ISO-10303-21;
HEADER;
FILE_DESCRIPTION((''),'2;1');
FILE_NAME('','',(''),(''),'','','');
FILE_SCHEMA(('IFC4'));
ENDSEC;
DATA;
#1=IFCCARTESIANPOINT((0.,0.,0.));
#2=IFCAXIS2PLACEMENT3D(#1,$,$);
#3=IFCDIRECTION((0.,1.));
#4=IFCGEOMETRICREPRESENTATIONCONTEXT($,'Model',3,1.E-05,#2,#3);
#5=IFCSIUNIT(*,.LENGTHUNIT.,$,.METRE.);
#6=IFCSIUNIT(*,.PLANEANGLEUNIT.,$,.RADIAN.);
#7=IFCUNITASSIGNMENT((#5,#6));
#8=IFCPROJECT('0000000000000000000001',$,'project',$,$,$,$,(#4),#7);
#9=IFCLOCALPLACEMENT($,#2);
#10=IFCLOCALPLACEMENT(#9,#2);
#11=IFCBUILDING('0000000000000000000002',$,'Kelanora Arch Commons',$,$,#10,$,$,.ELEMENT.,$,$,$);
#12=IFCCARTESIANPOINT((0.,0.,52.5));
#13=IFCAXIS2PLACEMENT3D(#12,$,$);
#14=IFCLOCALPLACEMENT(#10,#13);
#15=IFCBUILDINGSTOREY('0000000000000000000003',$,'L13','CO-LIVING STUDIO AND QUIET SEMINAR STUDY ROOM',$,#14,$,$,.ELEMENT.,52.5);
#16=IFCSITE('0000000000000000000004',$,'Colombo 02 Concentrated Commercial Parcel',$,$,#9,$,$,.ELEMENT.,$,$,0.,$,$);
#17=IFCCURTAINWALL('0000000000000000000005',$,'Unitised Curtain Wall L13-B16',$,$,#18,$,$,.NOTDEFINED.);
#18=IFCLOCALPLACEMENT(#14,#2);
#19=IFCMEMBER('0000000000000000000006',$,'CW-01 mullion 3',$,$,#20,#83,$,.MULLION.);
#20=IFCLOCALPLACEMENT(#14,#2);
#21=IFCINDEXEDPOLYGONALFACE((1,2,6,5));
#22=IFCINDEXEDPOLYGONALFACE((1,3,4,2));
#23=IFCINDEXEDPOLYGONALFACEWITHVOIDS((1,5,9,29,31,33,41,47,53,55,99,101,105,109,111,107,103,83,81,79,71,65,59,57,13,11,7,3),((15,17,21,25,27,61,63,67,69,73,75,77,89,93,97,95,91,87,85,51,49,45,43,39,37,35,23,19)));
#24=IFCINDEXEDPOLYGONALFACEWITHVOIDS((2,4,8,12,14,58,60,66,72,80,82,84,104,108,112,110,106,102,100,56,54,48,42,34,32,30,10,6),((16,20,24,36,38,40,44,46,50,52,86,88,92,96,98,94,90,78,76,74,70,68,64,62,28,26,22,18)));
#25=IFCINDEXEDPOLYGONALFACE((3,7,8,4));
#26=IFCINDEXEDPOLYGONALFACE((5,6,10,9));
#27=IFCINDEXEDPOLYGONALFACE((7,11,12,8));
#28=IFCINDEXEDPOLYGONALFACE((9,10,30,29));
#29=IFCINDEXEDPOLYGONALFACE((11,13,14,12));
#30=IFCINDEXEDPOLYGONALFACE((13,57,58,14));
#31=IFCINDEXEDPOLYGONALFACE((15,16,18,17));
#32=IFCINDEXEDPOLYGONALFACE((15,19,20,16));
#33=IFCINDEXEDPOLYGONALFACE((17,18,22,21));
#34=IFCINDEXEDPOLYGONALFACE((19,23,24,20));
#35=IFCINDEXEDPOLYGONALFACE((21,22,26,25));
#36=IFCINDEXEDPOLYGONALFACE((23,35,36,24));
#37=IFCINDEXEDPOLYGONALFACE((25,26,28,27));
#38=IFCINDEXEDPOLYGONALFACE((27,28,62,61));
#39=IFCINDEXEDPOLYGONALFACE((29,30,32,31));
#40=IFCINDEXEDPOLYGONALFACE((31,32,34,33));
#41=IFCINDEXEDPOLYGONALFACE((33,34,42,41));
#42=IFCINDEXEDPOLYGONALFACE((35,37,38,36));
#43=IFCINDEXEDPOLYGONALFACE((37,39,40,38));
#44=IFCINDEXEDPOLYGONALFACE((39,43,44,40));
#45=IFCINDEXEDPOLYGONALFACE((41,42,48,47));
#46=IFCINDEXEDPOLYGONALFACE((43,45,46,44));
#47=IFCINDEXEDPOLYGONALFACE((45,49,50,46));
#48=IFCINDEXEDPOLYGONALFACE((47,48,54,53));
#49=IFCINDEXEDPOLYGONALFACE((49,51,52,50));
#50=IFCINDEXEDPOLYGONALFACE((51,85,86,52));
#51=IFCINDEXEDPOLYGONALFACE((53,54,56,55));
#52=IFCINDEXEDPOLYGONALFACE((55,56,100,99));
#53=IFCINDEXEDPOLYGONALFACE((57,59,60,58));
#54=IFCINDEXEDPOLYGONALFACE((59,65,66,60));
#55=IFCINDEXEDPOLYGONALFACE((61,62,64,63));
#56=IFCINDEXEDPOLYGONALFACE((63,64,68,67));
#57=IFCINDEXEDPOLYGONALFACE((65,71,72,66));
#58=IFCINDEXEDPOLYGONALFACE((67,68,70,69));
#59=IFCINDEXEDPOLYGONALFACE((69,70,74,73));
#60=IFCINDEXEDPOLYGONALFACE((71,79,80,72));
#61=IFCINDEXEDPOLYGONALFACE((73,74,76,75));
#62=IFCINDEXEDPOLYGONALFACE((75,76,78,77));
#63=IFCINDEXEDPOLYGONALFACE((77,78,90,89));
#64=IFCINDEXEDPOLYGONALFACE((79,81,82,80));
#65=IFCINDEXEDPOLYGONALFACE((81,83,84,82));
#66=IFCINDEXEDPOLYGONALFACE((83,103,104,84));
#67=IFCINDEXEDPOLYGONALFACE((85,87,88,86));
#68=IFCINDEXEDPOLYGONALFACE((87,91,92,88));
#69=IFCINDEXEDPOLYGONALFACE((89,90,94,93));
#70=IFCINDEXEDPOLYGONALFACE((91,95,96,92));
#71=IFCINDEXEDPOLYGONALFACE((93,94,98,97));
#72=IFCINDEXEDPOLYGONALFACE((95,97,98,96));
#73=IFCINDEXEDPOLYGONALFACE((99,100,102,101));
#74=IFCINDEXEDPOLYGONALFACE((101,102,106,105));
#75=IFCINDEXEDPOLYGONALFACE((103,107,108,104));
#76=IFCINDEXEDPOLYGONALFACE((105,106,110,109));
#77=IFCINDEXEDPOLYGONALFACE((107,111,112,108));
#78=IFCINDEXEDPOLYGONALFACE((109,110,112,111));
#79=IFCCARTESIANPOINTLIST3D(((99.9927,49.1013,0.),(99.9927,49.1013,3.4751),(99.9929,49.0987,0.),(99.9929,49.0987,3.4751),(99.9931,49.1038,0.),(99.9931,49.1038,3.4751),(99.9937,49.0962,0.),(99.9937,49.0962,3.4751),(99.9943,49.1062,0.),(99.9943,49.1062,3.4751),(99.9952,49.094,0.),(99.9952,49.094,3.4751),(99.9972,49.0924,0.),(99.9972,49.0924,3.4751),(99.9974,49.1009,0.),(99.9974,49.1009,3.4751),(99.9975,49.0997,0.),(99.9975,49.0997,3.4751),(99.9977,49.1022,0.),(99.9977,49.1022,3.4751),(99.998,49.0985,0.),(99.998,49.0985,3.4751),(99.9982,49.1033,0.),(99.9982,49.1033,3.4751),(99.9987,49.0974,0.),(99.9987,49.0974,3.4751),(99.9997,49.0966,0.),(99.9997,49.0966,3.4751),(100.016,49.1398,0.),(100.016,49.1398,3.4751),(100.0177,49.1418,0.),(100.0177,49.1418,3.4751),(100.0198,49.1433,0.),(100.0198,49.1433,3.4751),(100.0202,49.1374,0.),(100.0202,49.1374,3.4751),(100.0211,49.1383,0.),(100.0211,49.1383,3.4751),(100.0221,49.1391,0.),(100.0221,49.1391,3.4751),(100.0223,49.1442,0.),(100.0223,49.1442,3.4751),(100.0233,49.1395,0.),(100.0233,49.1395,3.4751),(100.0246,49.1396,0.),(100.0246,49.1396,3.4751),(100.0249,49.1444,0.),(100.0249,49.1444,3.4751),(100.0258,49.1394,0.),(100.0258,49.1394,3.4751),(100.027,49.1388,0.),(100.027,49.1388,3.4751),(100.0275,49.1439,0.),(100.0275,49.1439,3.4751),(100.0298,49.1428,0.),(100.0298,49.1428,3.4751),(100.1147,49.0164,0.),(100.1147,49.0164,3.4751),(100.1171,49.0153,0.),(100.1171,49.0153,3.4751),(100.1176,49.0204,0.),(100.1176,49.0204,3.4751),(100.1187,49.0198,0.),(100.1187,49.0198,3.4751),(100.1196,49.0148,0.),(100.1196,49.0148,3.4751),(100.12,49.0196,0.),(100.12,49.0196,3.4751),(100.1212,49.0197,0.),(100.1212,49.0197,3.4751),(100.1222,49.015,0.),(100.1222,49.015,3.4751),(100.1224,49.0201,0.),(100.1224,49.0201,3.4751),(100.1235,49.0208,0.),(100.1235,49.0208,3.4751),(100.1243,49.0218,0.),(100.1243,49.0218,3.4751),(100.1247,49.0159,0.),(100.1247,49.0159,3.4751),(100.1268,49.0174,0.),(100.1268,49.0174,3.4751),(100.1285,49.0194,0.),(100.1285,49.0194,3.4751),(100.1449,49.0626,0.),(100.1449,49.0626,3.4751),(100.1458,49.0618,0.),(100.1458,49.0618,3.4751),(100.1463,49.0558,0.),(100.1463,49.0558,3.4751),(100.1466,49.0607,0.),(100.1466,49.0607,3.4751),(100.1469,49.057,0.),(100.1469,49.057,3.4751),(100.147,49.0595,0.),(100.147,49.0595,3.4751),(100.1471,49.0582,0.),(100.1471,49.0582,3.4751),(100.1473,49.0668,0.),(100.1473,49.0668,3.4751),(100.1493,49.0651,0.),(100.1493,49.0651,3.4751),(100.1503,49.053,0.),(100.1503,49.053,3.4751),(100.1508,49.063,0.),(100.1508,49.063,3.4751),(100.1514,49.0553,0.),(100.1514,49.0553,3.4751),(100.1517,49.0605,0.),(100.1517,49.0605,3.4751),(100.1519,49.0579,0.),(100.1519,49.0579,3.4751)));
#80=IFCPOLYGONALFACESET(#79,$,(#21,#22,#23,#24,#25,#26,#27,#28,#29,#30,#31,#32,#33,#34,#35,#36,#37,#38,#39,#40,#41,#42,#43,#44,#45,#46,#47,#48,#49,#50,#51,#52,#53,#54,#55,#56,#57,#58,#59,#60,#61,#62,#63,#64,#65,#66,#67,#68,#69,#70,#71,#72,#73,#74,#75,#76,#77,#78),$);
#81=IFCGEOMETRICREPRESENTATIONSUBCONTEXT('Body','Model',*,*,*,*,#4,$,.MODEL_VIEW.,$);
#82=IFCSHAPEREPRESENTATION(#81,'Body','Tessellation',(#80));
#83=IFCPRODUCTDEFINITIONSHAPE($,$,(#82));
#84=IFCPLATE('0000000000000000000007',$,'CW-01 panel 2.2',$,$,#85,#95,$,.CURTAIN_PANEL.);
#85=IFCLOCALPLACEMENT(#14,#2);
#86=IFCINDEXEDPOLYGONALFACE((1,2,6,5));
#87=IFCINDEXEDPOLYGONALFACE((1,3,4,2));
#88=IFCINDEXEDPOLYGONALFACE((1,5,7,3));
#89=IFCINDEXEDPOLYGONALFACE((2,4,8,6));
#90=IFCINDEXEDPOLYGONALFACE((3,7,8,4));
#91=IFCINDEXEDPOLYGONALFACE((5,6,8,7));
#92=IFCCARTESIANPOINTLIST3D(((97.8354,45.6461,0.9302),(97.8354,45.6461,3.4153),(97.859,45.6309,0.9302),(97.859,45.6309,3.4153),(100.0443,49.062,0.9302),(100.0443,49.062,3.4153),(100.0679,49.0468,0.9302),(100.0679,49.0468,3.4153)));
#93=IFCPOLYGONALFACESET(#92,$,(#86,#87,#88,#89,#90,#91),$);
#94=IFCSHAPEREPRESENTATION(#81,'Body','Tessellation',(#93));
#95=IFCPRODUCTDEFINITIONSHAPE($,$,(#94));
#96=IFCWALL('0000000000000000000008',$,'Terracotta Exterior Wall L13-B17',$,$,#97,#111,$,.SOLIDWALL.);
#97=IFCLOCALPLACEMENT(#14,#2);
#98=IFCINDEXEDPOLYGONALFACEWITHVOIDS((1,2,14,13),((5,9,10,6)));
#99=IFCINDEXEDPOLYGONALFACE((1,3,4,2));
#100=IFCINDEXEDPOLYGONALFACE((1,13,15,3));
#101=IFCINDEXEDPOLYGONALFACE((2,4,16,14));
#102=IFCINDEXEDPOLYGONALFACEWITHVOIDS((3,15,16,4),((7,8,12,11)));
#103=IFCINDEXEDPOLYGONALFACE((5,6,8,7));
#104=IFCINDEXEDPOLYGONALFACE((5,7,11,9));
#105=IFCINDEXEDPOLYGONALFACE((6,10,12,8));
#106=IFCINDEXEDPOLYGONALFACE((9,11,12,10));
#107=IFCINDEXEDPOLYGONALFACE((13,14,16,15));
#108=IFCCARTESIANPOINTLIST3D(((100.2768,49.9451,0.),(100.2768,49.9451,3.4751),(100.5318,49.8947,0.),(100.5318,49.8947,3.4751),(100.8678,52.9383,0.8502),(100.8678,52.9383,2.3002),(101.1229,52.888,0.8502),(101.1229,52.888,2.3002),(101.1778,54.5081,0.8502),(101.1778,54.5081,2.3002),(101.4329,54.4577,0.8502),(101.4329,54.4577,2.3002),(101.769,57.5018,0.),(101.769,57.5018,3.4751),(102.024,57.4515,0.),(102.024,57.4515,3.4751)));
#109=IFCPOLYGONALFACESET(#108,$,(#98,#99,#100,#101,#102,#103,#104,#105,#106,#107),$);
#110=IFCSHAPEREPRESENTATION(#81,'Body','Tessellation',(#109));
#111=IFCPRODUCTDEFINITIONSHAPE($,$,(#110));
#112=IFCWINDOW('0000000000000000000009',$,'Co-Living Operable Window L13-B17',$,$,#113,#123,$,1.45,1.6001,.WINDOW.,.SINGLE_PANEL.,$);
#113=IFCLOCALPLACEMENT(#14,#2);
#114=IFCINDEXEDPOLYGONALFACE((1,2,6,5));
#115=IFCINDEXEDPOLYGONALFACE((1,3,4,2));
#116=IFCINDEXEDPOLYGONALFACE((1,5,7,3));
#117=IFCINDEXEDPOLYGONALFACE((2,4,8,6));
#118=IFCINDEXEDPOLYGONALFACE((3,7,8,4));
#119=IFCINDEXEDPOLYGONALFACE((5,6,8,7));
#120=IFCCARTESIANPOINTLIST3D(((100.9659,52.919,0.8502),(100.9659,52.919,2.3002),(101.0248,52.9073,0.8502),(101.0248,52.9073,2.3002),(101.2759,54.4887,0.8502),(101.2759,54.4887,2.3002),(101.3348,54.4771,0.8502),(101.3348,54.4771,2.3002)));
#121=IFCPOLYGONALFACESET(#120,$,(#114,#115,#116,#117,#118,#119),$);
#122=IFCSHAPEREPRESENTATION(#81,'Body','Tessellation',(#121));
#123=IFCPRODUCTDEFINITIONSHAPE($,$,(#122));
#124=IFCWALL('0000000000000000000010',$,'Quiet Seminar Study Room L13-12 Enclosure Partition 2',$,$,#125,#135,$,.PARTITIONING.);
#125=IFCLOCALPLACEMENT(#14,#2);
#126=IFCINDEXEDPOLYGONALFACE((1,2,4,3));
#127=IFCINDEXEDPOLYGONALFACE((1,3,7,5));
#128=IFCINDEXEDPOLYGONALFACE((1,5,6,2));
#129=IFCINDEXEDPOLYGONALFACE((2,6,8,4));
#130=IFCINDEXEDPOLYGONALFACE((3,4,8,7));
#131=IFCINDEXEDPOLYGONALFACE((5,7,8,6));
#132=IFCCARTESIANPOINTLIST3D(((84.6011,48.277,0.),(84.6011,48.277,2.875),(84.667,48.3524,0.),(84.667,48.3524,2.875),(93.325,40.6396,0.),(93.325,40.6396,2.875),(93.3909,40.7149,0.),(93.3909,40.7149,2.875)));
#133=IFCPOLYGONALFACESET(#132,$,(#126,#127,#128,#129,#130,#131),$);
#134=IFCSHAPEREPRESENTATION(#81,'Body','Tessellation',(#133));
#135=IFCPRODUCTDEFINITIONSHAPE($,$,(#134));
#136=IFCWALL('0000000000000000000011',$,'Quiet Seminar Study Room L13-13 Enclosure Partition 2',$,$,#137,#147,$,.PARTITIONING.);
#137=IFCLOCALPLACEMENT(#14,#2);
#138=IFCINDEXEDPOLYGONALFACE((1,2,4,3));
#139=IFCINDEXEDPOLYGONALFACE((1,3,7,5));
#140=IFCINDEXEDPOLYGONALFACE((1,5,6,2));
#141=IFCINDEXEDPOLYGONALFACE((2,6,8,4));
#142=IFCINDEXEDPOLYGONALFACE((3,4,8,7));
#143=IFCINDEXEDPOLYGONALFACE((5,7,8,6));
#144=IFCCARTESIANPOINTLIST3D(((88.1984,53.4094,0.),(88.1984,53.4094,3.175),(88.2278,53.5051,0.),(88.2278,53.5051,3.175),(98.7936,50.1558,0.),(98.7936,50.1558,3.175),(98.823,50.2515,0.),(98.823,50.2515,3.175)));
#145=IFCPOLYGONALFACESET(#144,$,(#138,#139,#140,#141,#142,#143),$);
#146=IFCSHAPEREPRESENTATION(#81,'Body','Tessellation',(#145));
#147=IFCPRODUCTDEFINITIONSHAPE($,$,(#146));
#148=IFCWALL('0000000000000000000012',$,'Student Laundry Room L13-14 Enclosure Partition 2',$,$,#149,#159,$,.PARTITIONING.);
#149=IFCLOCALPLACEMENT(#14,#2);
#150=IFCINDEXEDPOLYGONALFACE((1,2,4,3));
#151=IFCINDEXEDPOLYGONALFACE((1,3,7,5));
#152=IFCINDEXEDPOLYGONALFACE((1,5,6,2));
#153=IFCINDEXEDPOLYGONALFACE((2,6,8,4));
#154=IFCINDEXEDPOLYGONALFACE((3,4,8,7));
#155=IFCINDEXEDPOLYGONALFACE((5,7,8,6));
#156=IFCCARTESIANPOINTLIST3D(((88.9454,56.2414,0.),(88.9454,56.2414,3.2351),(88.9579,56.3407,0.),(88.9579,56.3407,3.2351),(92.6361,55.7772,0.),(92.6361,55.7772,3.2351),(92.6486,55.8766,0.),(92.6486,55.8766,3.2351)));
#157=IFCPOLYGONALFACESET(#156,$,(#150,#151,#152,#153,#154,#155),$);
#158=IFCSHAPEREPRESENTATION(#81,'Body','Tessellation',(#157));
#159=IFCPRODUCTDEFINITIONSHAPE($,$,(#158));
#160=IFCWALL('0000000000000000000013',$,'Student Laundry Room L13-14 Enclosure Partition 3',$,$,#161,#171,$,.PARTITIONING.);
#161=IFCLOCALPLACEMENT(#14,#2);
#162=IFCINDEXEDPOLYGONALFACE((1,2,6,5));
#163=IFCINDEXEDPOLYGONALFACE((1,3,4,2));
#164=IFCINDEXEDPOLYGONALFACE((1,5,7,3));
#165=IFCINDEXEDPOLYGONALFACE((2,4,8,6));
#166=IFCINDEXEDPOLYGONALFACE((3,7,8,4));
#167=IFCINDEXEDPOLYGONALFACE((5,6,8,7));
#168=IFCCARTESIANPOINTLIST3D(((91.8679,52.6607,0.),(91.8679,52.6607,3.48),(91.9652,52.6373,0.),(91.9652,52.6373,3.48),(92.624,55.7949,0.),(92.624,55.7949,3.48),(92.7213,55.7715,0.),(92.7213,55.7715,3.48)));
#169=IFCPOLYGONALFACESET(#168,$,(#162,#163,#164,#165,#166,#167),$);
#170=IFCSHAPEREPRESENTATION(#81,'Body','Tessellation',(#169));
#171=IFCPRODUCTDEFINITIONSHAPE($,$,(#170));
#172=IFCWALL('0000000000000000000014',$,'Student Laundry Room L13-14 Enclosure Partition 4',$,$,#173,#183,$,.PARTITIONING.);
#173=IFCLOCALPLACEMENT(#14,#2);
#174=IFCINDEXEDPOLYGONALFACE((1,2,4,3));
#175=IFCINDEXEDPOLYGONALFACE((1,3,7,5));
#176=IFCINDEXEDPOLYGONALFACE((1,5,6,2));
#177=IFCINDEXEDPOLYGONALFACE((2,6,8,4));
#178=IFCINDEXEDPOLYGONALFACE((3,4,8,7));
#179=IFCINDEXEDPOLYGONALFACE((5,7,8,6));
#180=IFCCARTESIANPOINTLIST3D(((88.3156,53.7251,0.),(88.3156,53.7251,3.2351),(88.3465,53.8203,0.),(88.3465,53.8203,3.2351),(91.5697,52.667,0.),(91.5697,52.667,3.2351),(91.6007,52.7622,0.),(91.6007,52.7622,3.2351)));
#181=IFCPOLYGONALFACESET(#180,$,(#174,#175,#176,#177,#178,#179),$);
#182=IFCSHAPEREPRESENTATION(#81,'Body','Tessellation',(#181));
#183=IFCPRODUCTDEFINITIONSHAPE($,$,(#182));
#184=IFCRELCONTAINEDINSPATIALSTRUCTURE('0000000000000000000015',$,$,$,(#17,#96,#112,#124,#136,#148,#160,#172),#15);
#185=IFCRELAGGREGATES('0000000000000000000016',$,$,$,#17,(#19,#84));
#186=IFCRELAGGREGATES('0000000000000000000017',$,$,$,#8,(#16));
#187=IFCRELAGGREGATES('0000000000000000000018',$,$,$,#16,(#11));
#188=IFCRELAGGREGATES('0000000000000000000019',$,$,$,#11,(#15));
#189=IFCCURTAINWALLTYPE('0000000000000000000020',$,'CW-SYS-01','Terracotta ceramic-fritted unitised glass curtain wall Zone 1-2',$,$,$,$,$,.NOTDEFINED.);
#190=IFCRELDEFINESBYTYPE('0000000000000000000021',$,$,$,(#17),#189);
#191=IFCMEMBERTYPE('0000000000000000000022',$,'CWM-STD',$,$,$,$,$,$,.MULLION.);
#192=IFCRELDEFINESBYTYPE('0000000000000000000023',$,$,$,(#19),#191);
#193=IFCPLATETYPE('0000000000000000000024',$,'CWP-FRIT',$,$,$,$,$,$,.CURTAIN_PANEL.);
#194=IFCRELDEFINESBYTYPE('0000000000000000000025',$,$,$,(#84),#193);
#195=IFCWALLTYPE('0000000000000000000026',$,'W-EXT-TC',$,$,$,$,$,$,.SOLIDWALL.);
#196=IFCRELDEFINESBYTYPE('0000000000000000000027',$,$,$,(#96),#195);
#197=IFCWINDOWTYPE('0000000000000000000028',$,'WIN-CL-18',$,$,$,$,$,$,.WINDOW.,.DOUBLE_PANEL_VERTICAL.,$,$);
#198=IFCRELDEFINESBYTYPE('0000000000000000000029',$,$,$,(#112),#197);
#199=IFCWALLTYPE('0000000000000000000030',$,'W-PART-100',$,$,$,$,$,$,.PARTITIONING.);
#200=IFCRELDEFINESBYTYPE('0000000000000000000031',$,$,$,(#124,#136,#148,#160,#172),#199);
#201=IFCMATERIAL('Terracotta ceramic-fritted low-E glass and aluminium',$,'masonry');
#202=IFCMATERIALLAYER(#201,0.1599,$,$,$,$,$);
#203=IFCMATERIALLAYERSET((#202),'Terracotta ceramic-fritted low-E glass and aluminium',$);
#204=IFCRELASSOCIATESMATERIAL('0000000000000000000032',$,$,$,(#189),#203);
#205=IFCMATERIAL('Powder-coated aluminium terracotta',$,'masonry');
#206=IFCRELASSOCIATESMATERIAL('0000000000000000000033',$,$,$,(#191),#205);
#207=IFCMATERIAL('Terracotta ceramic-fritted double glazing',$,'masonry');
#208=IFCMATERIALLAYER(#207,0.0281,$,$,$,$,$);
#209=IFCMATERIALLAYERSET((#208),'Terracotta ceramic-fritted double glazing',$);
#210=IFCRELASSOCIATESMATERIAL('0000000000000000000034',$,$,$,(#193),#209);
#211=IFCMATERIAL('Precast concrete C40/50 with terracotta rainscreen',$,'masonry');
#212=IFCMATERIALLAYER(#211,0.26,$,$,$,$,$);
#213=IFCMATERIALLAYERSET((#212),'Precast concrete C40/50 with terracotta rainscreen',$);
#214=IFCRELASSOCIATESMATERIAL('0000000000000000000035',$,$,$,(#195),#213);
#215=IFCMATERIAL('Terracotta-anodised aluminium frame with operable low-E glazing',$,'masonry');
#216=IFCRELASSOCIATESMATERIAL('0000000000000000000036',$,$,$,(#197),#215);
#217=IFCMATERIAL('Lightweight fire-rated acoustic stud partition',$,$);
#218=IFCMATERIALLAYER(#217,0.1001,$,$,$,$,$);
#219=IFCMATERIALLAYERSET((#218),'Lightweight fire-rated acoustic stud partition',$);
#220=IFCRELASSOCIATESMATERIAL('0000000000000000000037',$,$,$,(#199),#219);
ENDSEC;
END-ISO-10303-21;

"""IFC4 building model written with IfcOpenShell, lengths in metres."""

from ifc_helpers import new_model, si_unit, direction, frame, frame_2d, origin, origin_2d, place, context, subcontext, project, spatial, rectangle, hollow_rectangle, extrude, source, transform, mapped, material, layer, layer_set, material_profile, profile_set, type_object, element, fill, aggregate, save


model = new_model("IFC4")

# Units and contexts
model_context = context("Model", 3, precision=1e-05, world=origin(), true_north=direction((0.0, 1.0)))
body_context = subcontext(model_context, "Body", "Model", "MODEL_VIEW")
ifc_project = project(units=[si_unit("LENGTHUNIT", "METRE"), si_unit("PLANEANGLEUNIT", "RADIAN")], contexts=[model_context])

# Site, building, storey
site_placement = place(None, origin())
site = spatial("IfcSite", under=ifc_project, at=site_placement, Name="Colombo 02 Concentrated Commercial Parcel", CompositionType="ELEMENT", RefElevation=0.0)
building_placement = place(site_placement, origin())
building = spatial("IfcBuilding", under=site, at=building_placement, Name="Kelanora Arch Commons", CompositionType="ELEMENT")
storey_placement = place(building_placement, frame((0.0, 0.0, 52.5)))
storey = spatial("IfcBuildingStorey", under=building, at=storey_placement, Name="L13", Description="CO-LIVING STUDIO AND QUIET SEMINAR STUDY ROOM", CompositionType="ELEMENT", Elevation=52.5)

# Curtain wall, member, plate
ifc_material_1 = material(Name="Terracotta ceramic-fritted low-E glass and aluminium", Category="masonry")
ifc_layer_1 = layer(ifc_material_1, 0.1599)
ifc_layer_set_1 = layer_set([ifc_layer_1], Name="Terracotta ceramic-fritted low-E glass and aluminium")
curtain_wall_type = type_object("IfcCurtainWallType", Name="CW-SYS-01", Description="Terracotta ceramic-fritted unitised glass curtain wall Zone 1-2", PredefinedType="NOTDEFINED", material=ifc_layer_set_1)
curtain_wall_placement = place(storey_placement, origin())
curtain_wall = element("IfcCurtainWall", 1, at=curtain_wall_placement, inside=storey, type_object=curtain_wall_type, Name="Unitised Curtain Wall L13-B16", PredefinedType="NOTDEFINED")
ifc_material_2 = material(Name="Powder-coated aluminium terracotta", Category="masonry")
ifc_material_profile_1 = material_profile(ifc_material_2, hollow_rectangle(XDim=0.1599, YDim=0.0601, WallThickness=0.0049, InnerFilletRadius=0.0049, OuterFilletRadius=0.01, at=origin_2d()), Name="CWM160x60")
ifc_profile_set_1 = profile_set([ifc_material_profile_1], Name="Powder-coated aluminium terracotta")
member_type = type_object("IfcMemberType", Name="CWM-STD", PredefinedType="MULLION", material=ifc_profile_set_1)
member_placement = place(storey_placement, frame((100.0723, 49.0796, 0.0), z_axis=(0.0, 0.0, 1.0), x_axis=(-0.83973, 0.543004, 0.0)))
member = element("IfcMember", 2, at=member_placement, type_object=member_type, Name="CW-01 mullion 3", PredefinedType="MULLION", context=body_context, shape_type="SweptSolid", body=[
    extrude(hollow_rectangle(XDim=0.1599, YDim=0.0601, WallThickness=0.0049, InnerFilletRadius=0.0049, OuterFilletRadius=0.01, at=origin_2d()), origin(), (0.0, 0.0, 1.0), 3.4751),
])
ifc_material_3 = material(Name="Terracotta ceramic-fritted double glazing", Category="masonry")
ifc_layer_2 = layer(ifc_material_3, 0.0281)
ifc_layer_set_2 = layer_set([ifc_layer_2], Name="Terracotta ceramic-fritted double glazing")
plate_type = type_object("IfcPlateType", Name="CWP-FRIT", PredefinedType="CURTAIN_PANEL", material=ifc_layer_set_2)
shared_shape_1 = source(origin(), body_context, "Body", "SweptSolid", [
    extrude(rectangle(XDim=4.0679, YDim=0.0281, at=origin_2d()), origin(), (0.0, 0.0, 1.0), 2.4851),
])
plate_placement = place(storey_placement, frame((98.9517, 47.3464, 0.9302), z_axis=(0.0, 0.0, 1.0), x_axis=(0.543004, 0.83973, 0.0)))
plate = element("IfcPlate", 3, at=plate_placement, type_object=plate_type, Name="CW-01 panel 2.2", PredefinedType="CURTAIN_PANEL", context=body_context, shape_type="MappedRepresentation", body=[
    mapped(shared_shape_1, transform((0.0, 0.0, 0.0), scale=1.0)),
])
aggregate(curtain_wall, [member, plate])

# Wall, opening, window
ifc_material_4 = material(Name="Precast concrete C40/50 with terracotta rainscreen", Category="masonry")
ifc_layer_3 = layer(ifc_material_4, 0.26)
ifc_layer_set_3 = layer_set([ifc_layer_3], Name="Precast concrete C40/50 with terracotta rainscreen")
wall_type_1 = type_object("IfcWallType", Name="W-EXT-TC", PredefinedType="SOLIDWALL", material=ifc_layer_set_3)
wall_1_placement = place(storey_placement, frame((100.4043, 49.9199, 0.0), z_axis=(0.0, 0.0, 1.0), x_axis=(0.193726, 0.981056, 0.0)))
wall_1 = element("IfcWall", 4, at=wall_1_placement, inside=storey, type_object=wall_type_1, Name="Terracotta Exterior Wall L13-B17", PredefinedType="SOLIDWALL", context=body_context, shape_type="SweptSolid", body=[
    extrude(rectangle(XDim=7.7026, YDim=0.26, at=frame_2d((3.8513, 0.0))), origin(), (0.0, 0.0, 1.0), 3.4751),
])
opening_1_placement = place(wall_1_placement, frame((3.051, 0.0, 0.8501)))
opening_1 = element("IfcOpeningElement", 5, at=opening_1_placement, cuts=wall_1, PredefinedType="OPENING", context=body_context, shape_type="SweptSolid", body=[
    extrude(rectangle(XDim=1.6001, YDim=1.45, at=frame_2d((0.8, 0.7251))), frame((0.0, 0.1401, 0.0), z_axis=(0.0, -1.0, 0.0), x_axis=(1.0, 0.0, 0.0)), (0.0, 0.0, 1.0), 0.28),
])
ifc_material_5 = material(Name="Terracotta-anodised aluminium frame with operable low-E glazing", Category="masonry")
window_type = type_object("IfcWindowType", Name="WIN-CL-18", PartitioningType="DOUBLE_PANEL_VERTICAL", PredefinedType="WINDOW", material=ifc_material_5)
window_placement = place(opening_1_placement, origin())
window = element("IfcWindow", 6, at=window_placement, inside=storey, type_object=window_type, Name="Co-Living Operable Window L13-B17", OverallHeight=1.45, OverallWidth=1.6001, PartitioningType="SINGLE_PANEL", PredefinedType="WINDOW", context=body_context, shape_type="SweptSolid", body=[
    extrude(rectangle(XDim=1.6001, YDim=1.45, at=frame_2d((0.8, 0.7251))), frame((0.0, 0.03, 0.0), z_axis=(0.0, -1.0, 0.0), x_axis=(1.0, 0.0, 0.0)), (0.0, 0.0, 1.0), 0.0601),
])
fill(opening_1, window)

# Walls
ifc_material_6 = material(Name="Lightweight fire-rated acoustic stud partition")
ifc_layer_4 = layer(ifc_material_6, 0.1001)
ifc_layer_set_4 = layer_set([ifc_layer_4], Name="Lightweight fire-rated acoustic stud partition")
wall_type_2 = type_object("IfcWallType", Name="W-PART-100", PredefinedType="PARTITIONING", material=ifc_layer_set_4)
wall_2_placement = place(storey_placement, frame((84.634, 48.3147, 0.0), z_axis=(0.0, 0.0, 1.0), x_axis=(0.752403, -0.658703, 0.0)))
element("IfcWall", 7, at=wall_2_placement, inside=storey, type_object=wall_type_2, Name="Quiet Seminar Study Room L13-12 Enclosure Partition 2", PredefinedType="PARTITIONING", context=body_context, shape_type="SweptSolid", body=[
    extrude(rectangle(XDim=11.5947, YDim=0.1001, at=frame_2d((5.7974, 0.0))), origin(), (0.0, 0.0, 1.0), 2.875),
])
wall_3_placement = place(storey_placement, frame((88.2131, 53.4573, 0.0), z_axis=(0.0, 0.0, 1.0), x_axis=(0.955941, -0.293558, 0.0)))
element("IfcWall", 8, at=wall_3_placement, inside=storey, type_object=wall_type_2, Name="Quiet Seminar Study Room L13-13 Enclosure Partition 2", PredefinedType="PARTITIONING", context=body_context, shape_type="SweptSolid", body=[
    extrude(rectangle(XDim=11.0835, YDim=0.1001, at=frame_2d((5.5417, 0.0))), origin(), (0.0, 0.0, 1.0), 3.175),
])
wall_4_placement = place(storey_placement, frame((88.9517, 56.291, 0.0), z_axis=(0.0, 0.0, 1.0), x_axis=(0.992186, -0.12477, 0.0)))
element("IfcWall", 9, at=wall_4_placement, inside=storey, type_object=wall_type_2, Name="Student Laundry Room L13-14 Enclosure Partition 2", PredefinedType="PARTITIONING", context=body_context, shape_type="SweptSolid", body=[
    extrude(rectangle(XDim=3.7197, YDim=0.1001, at=frame_2d((1.8599, 0.0))), origin(), (0.0, 0.0, 1.0), 3.2351),
])
wall_5_placement = place(storey_placement, frame((92.6726, 55.7832, 0.0), z_axis=(0.0, 0.0, 1.0), x_axis=(-0.23451, -0.972114, 0.0)))
element("IfcWall", 10, at=wall_5_placement, inside=storey, type_object=wall_type_2, Name="Student Laundry Room L13-14 Enclosure Partition 3", PredefinedType="PARTITIONING", context=body_context, shape_type="SweptSolid", body=[
    extrude(rectangle(XDim=3.2241, YDim=0.1001, at=frame_2d((1.6121, 0.0))), origin(), (0.0, 0.0, 1.0), 3.48),
])
wall_6_placement = place(storey_placement, frame((91.5852, 52.7146, 0.0), z_axis=(0.0, 0.0, 1.0), x_axis=(-0.950991, 0.30922, 0.0)))
element("IfcWall", 11, at=wall_6_placement, inside=storey, type_object=wall_type_2, Name="Student Laundry Room L13-14 Enclosure Partition 4", PredefinedType="PARTITIONING", context=body_context, shape_type="SweptSolid", body=[
    extrude(rectangle(XDim=3.4219, YDim=0.1001, at=frame_2d((1.7109, 0.0))), origin(), (0.0, 0.0, 1.0), 3.2351),
])

save(model, "model.ifc")
